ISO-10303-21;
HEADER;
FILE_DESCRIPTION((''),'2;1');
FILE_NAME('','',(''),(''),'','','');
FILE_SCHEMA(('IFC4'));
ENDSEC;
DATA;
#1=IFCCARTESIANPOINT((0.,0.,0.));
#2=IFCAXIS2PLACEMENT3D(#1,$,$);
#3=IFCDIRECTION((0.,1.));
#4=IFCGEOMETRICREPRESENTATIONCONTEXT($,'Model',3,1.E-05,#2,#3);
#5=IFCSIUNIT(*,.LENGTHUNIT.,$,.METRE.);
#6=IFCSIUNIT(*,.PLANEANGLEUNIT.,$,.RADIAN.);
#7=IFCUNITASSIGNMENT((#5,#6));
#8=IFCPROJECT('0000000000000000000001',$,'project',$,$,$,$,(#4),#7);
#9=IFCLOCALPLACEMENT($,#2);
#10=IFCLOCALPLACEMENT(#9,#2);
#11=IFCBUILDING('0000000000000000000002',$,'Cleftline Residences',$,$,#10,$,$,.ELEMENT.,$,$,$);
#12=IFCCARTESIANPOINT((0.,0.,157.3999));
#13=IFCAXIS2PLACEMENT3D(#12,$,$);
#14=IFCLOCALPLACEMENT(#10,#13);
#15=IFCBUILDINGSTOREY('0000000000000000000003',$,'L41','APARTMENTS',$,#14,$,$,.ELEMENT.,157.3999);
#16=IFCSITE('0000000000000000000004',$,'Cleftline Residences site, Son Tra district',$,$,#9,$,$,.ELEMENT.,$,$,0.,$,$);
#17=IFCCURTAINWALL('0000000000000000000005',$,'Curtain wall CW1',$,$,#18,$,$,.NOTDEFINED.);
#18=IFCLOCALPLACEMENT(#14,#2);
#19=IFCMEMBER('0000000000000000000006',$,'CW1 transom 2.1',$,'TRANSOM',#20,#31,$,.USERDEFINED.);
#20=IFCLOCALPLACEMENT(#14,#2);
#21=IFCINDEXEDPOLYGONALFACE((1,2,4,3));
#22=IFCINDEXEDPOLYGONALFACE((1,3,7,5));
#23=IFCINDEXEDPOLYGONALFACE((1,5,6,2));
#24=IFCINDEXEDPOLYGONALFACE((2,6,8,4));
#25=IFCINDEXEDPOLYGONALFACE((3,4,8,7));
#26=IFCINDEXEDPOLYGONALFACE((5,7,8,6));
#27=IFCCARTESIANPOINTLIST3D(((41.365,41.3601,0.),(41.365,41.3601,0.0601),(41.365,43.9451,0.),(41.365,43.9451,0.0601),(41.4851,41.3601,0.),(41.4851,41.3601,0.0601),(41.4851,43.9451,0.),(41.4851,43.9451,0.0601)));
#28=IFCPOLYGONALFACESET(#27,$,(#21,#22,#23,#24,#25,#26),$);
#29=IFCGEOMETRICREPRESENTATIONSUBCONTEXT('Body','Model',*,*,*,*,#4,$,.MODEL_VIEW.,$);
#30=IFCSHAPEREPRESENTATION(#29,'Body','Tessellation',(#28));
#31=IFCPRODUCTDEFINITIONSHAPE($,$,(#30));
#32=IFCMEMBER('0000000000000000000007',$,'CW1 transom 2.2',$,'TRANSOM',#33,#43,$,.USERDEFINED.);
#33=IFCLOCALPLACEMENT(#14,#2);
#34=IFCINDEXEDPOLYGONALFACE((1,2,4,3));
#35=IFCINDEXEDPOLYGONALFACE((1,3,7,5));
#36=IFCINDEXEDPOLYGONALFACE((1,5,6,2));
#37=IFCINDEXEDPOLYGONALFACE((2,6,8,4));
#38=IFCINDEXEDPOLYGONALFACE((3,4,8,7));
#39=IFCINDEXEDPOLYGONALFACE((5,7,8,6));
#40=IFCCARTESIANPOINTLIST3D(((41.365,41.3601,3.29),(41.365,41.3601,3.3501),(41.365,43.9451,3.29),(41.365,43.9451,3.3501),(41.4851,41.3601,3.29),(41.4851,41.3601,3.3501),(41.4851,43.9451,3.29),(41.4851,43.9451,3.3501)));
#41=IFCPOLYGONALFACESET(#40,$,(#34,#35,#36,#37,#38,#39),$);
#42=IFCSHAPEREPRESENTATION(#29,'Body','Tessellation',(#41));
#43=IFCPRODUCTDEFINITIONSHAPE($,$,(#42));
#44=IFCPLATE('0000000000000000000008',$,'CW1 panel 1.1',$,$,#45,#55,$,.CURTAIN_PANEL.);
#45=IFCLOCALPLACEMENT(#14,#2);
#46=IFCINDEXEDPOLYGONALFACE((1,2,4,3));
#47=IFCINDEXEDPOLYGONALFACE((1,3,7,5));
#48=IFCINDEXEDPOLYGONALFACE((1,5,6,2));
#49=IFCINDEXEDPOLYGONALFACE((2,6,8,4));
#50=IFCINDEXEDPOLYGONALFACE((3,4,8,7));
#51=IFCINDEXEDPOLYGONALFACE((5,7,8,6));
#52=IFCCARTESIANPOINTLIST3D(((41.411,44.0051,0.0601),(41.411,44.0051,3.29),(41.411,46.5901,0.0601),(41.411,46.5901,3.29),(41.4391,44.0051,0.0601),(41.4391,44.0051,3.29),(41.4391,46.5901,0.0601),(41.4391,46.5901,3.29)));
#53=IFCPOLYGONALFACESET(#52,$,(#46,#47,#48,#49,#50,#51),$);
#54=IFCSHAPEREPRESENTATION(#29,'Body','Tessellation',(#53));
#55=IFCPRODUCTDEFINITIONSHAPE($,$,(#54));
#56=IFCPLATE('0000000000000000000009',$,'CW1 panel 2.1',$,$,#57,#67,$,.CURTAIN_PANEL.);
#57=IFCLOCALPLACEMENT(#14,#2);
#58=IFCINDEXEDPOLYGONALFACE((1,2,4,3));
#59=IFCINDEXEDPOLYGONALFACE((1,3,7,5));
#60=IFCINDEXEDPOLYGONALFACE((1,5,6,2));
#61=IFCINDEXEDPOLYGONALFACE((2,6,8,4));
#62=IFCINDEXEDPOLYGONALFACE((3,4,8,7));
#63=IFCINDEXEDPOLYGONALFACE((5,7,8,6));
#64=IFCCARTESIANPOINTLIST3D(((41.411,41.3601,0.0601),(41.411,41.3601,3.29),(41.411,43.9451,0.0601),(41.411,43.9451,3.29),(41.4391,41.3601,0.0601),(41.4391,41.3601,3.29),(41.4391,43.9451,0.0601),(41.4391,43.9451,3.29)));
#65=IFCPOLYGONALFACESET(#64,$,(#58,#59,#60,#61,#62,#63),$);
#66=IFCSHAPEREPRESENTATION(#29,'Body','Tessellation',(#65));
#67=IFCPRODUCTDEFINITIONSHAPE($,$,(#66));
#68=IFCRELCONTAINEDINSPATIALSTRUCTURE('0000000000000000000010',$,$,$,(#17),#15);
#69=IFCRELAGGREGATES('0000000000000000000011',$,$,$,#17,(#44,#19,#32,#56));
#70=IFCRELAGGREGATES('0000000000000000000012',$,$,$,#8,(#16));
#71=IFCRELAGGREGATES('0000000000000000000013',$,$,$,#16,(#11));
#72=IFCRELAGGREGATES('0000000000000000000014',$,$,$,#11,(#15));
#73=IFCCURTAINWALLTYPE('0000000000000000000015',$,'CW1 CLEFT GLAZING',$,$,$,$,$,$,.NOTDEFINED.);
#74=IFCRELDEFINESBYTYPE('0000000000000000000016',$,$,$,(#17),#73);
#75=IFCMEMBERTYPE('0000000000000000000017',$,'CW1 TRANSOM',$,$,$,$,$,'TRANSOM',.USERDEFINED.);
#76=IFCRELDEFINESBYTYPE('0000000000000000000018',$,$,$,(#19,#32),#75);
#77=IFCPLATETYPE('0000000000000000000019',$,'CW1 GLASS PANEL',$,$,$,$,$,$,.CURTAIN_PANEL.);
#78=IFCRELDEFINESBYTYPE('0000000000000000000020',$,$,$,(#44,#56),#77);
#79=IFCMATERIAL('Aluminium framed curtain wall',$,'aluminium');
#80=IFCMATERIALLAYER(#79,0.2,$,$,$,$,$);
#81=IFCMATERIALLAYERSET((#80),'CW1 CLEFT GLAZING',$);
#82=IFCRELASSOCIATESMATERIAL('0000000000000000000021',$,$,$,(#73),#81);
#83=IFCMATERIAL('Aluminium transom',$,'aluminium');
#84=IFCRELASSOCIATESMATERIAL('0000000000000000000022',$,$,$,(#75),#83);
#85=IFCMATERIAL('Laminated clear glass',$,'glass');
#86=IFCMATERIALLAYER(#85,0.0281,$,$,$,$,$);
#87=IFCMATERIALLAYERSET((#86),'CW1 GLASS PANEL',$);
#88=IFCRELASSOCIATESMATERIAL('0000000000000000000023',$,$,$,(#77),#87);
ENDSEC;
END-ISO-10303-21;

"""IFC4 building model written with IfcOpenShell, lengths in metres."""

from ifc_helpers import new_model, si_unit, direction, frame, origin, origin_2d, place, context, subcontext, project, spatial, rectangle, extrude, material, layer, layer_set, material_profile, profile_set, type_object, element, aggregate, save


model = new_model("IFC4")

# Units and contexts
model_context = context("Model", 3, precision=1e-05, world=origin(), true_north=direction((0.0, 1.0)))
body_context = subcontext(model_context, "Body", "Model", "MODEL_VIEW")
ifc_project = project(units=[si_unit("LENGTHUNIT", "METRE"), si_unit("PLANEANGLEUNIT", "RADIAN")], contexts=[model_context])

# Site, building, storey
site_placement = place(None, origin())
site = spatial("IfcSite", under=ifc_project, at=site_placement, Name="Cleftline Residences site, Son Tra district", CompositionType="ELEMENT", RefElevation=0.0)
building_placement = place(site_placement, origin())
building = spatial("IfcBuilding", under=site, at=building_placement, Name="Cleftline Residences", CompositionType="ELEMENT")
storey_placement = place(building_placement, frame((0.0, 0.0, 157.3999)))
storey = spatial("IfcBuildingStorey", under=building, at=storey_placement, Name="L41", Description="APARTMENTS", CompositionType="ELEMENT", Elevation=157.3999)

# Curtain wall, members, plates
ifc_material_1 = material(Name="Aluminium framed curtain wall", Category="aluminium")
ifc_layer_1 = layer(ifc_material_1, 0.2)
ifc_layer_set_1 = layer_set([ifc_layer_1], Name="CW1 CLEFT GLAZING")
curtain_wall_type = type_object("IfcCurtainWallType", Name="CW1 CLEFT GLAZING", PredefinedType="NOTDEFINED", material=ifc_layer_set_1)
curtain_wall_placement = place(storey_placement, origin())
curtain_wall = element("IfcCurtainWall", 1, at=curtain_wall_placement, inside=storey, type_object=curtain_wall_type, Name="Curtain wall CW1", PredefinedType="NOTDEFINED")
ifc_material_2 = material(Name="Aluminium transom", Category="aluminium")
ifc_material_profile_1 = material_profile(ifc_material_2, rectangle(XDim=0.1201, YDim=0.0601, at=origin_2d()))
ifc_profile_set_1 = profile_set([ifc_material_profile_1], Name="Aluminium transom")
member_type_1 = type_object("IfcMemberType", Name="CW1 TRANSOM", ElementType="TRANSOM", PredefinedType="USERDEFINED", material=ifc_profile_set_1)
member_1_placement = place(storey_placement, frame((41.425, 43.9451, 0.03), z_axis=(0.0, -1.0, 0.0), x_axis=(1.0, 0.0, 0.0)))
member_1 = element("IfcMember", 2, at=member_1_placement, type_object=member_type_1, Name="CW1 transom 2.1", ObjectType="TRANSOM", PredefinedType="USERDEFINED", context=body_context, shape_type="SweptSolid", body=[
    extrude(rectangle(XDim=0.1201, YDim=0.0601, at=origin_2d()), origin(), (0.0, 0.0, 1.0), 2.585),
])
member_2_placement = place(storey_placement, frame((41.425, 43.9451, 3.3201), z_axis=(0.0, -1.0, 0.0), x_axis=(1.0, 0.0, 0.0)))
member_2 = element("IfcMember", 3, at=member_2_placement, type_object=member_type_1, Name="CW1 transom 2.2", ObjectType="TRANSOM", PredefinedType="USERDEFINED", context=body_context, shape_type="SweptSolid", body=[
    extrude(rectangle(XDim=0.1201, YDim=0.0601, at=origin_2d()), origin(), (0.0, 0.0, 1.0), 2.585),
])
ifc_material_3 = material(Name="Laminated clear glass", Category="glass")
ifc_layer_2 = layer(ifc_material_3, 0.0281)
ifc_layer_set_2 = layer_set([ifc_layer_2], Name="CW1 GLASS PANEL")
plate_type = type_object("IfcPlateType", Name="CW1 GLASS PANEL", PredefinedType="CURTAIN_PANEL", material=ifc_layer_set_2)
plate_1_placement = place(storey_placement, frame((41.425, 45.2976, 0.0601), z_axis=(0.0, 0.0, 1.0), x_axis=(0.0, -1.0, 0.0)))
plate_1 = element("IfcPlate", 4, at=plate_1_placement, type_object=plate_type, Name="CW1 panel 1.1", PredefinedType="CURTAIN_PANEL", context=body_context, shape_type="SweptSolid", body=[
    extrude(rectangle(XDim=2.585, YDim=0.0281, at=origin_2d()), origin(), (0.0, 0.0, 1.0), 3.23),
])
plate_2_placement = place(storey_placement, frame((41.425, 42.6526, 0.0601), z_axis=(0.0, 0.0, 1.0), x_axis=(0.0, -1.0, 0.0)))
plate_2 = element("IfcPlate", 5, at=plate_2_placement, type_object=plate_type, Name="CW1 panel 2.1", PredefinedType="CURTAIN_PANEL", context=body_context, shape_type="SweptSolid", body=[
    extrude(rectangle(XDim=2.585, YDim=0.0281, at=origin_2d()), origin(), (0.0, 0.0, 1.0), 3.23),
])
aggregate(curtain_wall, [plate_1, member_1, member_2, plate_2])

save(model, "model.ifc")
